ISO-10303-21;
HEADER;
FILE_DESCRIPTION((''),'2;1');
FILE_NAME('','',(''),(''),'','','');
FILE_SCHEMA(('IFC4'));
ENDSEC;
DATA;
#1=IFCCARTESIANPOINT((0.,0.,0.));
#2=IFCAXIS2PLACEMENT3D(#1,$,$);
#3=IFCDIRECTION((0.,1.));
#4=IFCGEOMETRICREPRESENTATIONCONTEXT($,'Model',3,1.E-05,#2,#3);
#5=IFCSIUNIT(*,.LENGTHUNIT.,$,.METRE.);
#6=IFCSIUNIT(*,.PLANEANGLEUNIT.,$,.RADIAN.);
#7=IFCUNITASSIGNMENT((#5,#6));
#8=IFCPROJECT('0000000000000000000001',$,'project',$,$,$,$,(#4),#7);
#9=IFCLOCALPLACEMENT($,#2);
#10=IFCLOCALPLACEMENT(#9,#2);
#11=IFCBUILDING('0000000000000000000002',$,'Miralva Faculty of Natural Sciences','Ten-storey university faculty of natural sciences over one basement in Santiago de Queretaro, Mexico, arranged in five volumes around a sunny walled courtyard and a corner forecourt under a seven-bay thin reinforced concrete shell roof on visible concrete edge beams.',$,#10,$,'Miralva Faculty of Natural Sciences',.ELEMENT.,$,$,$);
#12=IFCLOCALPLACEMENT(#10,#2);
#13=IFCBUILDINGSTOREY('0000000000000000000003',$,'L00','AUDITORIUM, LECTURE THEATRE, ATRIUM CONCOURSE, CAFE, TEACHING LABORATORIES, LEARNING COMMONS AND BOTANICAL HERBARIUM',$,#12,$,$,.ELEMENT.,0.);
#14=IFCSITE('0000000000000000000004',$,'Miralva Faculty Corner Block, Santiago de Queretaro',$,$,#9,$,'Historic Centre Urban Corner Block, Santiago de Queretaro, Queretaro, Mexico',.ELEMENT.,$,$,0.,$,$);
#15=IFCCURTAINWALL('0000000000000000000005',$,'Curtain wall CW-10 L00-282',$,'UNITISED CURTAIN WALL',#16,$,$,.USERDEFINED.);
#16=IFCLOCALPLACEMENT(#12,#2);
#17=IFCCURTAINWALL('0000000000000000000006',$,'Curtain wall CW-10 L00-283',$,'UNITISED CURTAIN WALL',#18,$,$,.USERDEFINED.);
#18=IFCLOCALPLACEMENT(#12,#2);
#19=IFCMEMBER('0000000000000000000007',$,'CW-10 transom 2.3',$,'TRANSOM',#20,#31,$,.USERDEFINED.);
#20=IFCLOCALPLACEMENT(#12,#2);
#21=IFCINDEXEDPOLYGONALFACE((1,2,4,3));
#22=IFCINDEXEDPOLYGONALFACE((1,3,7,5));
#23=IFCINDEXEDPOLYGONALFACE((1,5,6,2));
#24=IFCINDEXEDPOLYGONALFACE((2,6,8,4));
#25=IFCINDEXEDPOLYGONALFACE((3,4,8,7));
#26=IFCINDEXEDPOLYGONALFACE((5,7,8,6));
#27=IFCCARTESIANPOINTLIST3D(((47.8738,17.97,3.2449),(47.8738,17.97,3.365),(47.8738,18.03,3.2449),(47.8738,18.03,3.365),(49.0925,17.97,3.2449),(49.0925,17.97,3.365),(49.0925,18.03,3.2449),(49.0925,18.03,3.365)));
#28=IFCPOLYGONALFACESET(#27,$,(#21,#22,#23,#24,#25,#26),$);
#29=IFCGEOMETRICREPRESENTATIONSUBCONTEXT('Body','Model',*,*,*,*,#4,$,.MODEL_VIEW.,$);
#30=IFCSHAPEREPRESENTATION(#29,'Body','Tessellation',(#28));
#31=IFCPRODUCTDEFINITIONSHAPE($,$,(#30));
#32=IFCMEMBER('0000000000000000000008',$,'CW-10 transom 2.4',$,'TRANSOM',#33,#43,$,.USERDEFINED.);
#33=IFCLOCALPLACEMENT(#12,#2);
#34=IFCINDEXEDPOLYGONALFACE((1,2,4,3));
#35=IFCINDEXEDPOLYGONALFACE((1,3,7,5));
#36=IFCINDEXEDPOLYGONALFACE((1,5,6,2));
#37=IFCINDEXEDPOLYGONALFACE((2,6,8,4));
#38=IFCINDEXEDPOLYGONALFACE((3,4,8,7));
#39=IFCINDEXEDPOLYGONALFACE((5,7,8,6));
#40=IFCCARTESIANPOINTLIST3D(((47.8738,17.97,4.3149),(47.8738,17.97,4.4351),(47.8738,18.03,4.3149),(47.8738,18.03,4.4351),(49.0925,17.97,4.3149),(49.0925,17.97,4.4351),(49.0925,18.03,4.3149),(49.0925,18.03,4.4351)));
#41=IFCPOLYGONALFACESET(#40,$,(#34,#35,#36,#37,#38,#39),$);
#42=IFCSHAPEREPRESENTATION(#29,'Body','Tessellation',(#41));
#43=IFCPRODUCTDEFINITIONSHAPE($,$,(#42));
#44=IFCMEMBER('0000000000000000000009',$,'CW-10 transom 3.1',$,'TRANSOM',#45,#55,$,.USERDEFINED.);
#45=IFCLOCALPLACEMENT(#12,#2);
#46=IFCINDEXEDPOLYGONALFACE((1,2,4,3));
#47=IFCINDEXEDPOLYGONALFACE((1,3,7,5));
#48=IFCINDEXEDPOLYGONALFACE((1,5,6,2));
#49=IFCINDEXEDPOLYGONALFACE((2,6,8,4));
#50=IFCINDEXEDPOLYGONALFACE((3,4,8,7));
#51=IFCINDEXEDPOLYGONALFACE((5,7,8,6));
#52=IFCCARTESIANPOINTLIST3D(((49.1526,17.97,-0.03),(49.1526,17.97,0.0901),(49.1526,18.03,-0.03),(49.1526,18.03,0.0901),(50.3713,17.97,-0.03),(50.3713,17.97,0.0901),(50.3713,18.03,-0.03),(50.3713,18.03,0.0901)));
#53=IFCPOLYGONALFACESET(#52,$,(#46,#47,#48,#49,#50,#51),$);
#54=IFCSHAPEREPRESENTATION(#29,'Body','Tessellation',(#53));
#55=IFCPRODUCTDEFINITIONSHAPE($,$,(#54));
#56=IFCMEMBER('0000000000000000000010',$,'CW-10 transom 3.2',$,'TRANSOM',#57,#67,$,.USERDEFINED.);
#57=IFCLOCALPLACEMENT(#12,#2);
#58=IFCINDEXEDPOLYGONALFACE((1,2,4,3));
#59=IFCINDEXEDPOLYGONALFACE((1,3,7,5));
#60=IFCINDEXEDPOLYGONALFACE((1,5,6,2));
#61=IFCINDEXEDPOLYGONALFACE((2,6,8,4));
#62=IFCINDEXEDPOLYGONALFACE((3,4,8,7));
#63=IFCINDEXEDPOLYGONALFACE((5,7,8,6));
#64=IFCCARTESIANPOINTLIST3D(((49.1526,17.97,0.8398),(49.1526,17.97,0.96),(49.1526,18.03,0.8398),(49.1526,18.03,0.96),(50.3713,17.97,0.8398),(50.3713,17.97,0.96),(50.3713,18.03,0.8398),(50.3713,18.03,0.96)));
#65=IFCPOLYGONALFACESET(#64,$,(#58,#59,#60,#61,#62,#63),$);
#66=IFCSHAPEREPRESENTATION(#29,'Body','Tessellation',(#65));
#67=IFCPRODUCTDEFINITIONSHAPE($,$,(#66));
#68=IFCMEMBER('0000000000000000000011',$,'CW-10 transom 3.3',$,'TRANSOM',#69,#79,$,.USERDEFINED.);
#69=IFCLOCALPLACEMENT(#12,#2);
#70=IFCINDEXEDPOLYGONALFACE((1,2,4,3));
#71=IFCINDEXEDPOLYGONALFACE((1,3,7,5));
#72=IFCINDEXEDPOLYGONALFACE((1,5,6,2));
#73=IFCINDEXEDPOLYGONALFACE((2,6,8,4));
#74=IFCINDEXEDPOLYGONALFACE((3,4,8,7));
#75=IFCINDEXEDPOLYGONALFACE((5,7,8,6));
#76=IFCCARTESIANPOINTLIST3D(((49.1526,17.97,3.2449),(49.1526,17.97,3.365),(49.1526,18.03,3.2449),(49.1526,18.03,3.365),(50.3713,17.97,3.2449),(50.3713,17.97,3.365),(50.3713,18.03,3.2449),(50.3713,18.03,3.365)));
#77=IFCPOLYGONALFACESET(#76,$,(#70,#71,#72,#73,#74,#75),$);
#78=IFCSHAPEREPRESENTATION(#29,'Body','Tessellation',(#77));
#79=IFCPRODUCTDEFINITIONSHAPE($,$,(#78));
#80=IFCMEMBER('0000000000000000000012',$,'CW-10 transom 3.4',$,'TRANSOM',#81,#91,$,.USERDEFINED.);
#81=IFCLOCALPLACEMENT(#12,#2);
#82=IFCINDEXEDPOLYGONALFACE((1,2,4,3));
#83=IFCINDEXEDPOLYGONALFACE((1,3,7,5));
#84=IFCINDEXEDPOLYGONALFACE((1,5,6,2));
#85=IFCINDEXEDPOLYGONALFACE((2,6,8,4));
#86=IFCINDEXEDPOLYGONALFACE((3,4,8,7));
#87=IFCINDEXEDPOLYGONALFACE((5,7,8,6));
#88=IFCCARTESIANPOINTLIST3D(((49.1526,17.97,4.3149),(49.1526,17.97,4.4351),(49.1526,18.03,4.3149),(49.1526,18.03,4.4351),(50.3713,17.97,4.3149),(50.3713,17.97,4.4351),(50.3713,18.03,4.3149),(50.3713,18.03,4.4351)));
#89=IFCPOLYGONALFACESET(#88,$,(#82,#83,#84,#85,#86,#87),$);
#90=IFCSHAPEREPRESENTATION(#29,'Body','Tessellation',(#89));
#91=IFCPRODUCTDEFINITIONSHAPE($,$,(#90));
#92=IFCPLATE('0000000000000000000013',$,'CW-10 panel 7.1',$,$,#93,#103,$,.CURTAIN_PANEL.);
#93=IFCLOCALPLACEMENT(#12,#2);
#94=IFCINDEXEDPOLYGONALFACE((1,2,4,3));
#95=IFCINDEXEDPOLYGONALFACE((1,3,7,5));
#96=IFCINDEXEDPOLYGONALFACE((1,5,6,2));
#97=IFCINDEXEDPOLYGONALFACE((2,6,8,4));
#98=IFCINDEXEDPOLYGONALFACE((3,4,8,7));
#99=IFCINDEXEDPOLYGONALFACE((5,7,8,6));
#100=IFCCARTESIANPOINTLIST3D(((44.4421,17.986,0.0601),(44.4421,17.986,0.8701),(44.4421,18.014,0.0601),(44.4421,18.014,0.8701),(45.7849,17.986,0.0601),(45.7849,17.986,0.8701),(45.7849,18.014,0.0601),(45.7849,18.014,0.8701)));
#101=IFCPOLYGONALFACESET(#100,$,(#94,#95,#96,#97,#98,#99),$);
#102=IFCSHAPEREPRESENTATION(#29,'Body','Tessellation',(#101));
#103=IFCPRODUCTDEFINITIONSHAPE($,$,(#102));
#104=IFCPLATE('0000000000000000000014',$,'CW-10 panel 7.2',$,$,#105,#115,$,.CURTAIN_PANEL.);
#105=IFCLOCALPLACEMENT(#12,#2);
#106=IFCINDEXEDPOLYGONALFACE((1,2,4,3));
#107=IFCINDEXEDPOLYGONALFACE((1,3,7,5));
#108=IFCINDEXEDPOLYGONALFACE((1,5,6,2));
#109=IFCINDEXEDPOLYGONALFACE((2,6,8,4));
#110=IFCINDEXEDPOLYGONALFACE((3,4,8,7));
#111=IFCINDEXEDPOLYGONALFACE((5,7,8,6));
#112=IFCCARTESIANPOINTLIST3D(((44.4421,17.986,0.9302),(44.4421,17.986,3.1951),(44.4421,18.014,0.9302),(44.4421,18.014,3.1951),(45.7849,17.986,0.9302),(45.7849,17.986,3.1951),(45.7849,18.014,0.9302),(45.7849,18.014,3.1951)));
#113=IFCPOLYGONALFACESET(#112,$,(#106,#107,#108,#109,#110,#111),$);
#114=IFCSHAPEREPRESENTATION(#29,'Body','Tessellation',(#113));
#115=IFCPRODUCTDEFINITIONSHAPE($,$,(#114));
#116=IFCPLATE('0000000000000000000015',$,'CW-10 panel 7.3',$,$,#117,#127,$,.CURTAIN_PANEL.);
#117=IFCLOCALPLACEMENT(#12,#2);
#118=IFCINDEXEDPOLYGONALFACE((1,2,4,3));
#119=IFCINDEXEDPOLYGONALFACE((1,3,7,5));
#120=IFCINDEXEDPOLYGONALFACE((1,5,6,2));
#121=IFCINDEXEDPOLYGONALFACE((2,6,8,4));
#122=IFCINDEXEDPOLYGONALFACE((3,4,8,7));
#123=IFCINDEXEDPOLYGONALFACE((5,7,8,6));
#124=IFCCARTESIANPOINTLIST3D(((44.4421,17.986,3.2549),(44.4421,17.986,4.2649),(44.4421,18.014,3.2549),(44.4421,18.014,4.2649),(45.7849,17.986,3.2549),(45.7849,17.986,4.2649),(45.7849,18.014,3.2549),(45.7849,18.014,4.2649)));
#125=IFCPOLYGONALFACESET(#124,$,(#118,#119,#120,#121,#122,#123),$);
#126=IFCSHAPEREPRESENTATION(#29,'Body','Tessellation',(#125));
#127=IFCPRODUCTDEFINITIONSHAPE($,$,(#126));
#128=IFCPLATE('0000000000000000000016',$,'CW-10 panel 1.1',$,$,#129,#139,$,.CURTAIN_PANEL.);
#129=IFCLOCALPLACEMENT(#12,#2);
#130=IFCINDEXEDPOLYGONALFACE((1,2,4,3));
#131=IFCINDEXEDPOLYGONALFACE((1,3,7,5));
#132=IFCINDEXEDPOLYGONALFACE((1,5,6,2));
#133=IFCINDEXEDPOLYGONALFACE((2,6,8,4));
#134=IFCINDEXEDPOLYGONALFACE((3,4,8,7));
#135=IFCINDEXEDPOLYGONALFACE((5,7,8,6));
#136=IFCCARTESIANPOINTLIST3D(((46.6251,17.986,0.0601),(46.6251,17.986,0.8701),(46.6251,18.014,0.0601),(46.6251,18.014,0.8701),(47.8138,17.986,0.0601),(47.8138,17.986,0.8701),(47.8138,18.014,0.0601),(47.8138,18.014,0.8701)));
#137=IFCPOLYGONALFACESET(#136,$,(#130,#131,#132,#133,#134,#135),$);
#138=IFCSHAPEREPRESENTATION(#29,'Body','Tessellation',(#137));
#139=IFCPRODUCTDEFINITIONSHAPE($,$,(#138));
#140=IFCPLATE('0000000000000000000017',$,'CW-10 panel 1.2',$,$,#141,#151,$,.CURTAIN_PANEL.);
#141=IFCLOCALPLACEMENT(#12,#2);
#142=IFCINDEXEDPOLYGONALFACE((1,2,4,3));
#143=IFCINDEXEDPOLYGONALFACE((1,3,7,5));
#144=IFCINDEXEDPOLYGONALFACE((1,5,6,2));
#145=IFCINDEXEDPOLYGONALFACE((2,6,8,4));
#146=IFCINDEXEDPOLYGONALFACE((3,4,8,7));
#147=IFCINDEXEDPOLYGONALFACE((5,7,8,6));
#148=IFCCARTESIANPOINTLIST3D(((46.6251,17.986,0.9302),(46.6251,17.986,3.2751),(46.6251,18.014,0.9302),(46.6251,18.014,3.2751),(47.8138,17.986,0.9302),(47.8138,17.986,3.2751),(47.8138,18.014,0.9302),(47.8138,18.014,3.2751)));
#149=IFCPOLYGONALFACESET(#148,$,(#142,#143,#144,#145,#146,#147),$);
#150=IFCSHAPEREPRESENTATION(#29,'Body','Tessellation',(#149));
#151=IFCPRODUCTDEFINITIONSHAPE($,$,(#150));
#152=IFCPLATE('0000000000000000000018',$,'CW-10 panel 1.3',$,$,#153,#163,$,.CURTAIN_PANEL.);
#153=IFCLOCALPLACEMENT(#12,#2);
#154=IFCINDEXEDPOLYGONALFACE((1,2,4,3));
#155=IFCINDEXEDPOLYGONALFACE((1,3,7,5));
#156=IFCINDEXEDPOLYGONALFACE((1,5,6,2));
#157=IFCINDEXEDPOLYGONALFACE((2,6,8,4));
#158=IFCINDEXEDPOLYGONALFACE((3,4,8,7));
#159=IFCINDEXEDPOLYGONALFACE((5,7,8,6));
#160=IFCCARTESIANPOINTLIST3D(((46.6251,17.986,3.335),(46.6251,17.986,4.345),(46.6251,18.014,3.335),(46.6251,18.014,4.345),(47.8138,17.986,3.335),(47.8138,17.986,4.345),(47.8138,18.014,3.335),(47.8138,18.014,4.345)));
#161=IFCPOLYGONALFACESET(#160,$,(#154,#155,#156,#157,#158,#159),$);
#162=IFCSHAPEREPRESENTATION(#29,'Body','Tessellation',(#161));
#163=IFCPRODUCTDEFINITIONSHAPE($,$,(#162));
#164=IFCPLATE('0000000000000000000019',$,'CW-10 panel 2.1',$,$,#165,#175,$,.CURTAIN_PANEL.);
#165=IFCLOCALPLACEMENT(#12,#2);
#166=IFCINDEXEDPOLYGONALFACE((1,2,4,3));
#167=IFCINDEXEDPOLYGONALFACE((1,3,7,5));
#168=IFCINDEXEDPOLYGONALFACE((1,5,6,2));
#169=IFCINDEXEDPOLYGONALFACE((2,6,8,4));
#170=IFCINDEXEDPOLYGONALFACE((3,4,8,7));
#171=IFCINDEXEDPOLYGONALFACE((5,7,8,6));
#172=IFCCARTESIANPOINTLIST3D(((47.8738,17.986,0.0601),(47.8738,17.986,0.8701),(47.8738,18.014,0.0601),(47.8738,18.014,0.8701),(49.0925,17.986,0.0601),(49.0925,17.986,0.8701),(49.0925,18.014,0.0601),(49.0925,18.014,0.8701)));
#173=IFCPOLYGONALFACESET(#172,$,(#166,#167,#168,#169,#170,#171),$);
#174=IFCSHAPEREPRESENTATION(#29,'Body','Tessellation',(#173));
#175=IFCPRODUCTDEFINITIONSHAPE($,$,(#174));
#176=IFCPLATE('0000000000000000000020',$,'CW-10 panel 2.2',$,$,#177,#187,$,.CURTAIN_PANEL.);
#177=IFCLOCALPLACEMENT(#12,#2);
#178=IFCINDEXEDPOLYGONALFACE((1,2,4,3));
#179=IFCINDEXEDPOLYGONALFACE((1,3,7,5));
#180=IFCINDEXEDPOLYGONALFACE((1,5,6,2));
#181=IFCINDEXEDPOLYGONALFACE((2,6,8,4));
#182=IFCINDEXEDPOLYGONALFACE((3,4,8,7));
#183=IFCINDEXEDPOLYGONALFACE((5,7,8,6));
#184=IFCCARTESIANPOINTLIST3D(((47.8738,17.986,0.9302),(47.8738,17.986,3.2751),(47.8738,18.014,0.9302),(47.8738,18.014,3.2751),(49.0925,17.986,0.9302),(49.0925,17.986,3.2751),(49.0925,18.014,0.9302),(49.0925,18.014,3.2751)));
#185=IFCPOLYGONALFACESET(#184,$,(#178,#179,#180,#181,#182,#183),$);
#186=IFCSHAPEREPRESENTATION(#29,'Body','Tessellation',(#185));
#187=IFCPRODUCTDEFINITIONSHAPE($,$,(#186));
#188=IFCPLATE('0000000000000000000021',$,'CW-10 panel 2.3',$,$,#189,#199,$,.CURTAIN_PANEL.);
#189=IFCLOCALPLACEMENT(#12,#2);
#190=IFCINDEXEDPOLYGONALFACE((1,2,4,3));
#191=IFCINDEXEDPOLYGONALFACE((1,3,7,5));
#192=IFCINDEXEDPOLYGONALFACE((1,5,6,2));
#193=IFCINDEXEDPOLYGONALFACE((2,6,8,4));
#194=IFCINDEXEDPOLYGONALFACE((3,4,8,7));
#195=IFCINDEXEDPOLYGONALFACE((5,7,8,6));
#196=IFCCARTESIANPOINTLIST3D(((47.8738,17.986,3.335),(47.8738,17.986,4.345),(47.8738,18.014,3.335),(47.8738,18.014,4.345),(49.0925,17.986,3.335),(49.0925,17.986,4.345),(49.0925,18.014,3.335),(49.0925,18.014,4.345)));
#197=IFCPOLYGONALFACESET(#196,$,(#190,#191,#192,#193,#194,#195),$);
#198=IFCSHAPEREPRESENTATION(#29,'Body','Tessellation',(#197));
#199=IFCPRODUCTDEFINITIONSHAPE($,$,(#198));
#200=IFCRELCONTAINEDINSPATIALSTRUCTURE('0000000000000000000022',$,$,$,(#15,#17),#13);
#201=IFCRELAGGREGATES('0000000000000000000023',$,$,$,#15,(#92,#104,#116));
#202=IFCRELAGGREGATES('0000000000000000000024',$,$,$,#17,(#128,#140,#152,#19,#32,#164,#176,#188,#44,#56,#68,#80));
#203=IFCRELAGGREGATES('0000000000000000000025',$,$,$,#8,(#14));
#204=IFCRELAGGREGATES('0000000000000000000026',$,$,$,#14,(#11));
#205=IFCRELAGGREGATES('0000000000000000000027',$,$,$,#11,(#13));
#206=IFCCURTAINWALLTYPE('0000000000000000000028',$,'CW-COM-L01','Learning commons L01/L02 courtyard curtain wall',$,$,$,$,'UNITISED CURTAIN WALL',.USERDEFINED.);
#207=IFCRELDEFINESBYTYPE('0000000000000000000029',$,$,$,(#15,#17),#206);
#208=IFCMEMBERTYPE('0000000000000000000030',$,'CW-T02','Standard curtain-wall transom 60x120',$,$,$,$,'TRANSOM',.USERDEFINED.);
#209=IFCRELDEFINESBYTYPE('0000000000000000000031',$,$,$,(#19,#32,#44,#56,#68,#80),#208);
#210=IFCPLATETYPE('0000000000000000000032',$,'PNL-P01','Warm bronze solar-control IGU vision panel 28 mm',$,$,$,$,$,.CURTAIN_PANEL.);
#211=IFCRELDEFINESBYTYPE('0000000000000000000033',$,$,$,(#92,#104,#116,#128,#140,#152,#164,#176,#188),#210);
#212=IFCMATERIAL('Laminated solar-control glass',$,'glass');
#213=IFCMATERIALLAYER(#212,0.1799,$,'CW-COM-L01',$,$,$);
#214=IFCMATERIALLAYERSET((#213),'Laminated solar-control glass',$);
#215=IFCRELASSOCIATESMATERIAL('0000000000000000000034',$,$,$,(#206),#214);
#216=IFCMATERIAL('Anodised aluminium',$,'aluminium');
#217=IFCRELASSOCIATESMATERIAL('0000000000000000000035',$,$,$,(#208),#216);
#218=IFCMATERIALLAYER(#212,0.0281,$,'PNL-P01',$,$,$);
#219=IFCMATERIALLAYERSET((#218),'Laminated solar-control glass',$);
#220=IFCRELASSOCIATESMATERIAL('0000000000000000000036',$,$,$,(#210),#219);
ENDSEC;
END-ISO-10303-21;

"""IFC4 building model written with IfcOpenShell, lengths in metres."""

from ifc_helpers import new_model, si_unit, direction, frame, origin, origin_2d, place, context, subcontext, project, spatial, rectangle, extrude, material, layer, layer_set, material_profile, profile_set, type_object, element, aggregate, save


model = new_model("IFC4")

# Units and contexts
model_context = context("Model", 3, precision=1e-05, world=origin(), true_north=direction((0.0, 1.0)))
body_context = subcontext(model_context, "Body", "Model", "MODEL_VIEW")
ifc_project = project(units=[si_unit("LENGTHUNIT", "METRE"), si_unit("PLANEANGLEUNIT", "RADIAN")], contexts=[model_context])

# Site, building, storey
site_placement = place(None, origin())
site = spatial("IfcSite", under=ifc_project, at=site_placement, Name="Miralva Faculty Corner Block, Santiago de Queretaro", LongName="Historic Centre Urban Corner Block, Santiago de Queretaro, Queretaro, Mexico", CompositionType="ELEMENT", RefElevation=0.0)
building_placement = place(site_placement, origin())
building = spatial("IfcBuilding", under=site, at=building_placement, Name="Miralva Faculty of Natural Sciences", Description="Ten-storey university faculty of natural sciences over one basement in Santiago de Queretaro, Mexico, arranged in five volumes around a sunny walled courtyard and a corner forecourt under a seven-bay thin reinforced concrete shell roof on visible concrete edge beams.", LongName="Miralva Faculty of Natural Sciences", CompositionType="ELEMENT")
storey_placement = place(building_placement, origin())
storey = spatial("IfcBuildingStorey", under=building, at=storey_placement, Name="L00", Description="AUDITORIUM, LECTURE THEATRE, ATRIUM CONCOURSE, CAFE, TEACHING LABORATORIES, LEARNING COMMONS AND BOTANICAL HERBARIUM", CompositionType="ELEMENT", Elevation=0.0)

# Curtain wall
ifc_material_1 = material(Name="Laminated solar-control glass", Category="glass")
ifc_layer_1 = layer(ifc_material_1, 0.1799, Name="CW-COM-L01")
ifc_layer_set_1 = layer_set([ifc_layer_1], Name="Laminated solar-control glass")
curtain_wall_type = type_object("IfcCurtainWallType", Name="CW-COM-L01", Description="Learning commons L01/L02 courtyard curtain wall", ElementType="UNITISED CURTAIN WALL", PredefinedType="USERDEFINED", material=ifc_layer_set_1)
curtain_wall_1_placement = place(storey_placement, origin())
curtain_wall_1 = element("IfcCurtainWall", 1, at=curtain_wall_1_placement, inside=storey, type_object=curtain_wall_type, Name="Curtain wall CW-10 L00-282", ObjectType="UNITISED CURTAIN WALL", PredefinedType="USERDEFINED")
ifc_material_2 = material(Name="Anodised aluminium", Category="aluminium")

# Curtain wall
curtain_wall_2_placement = place(storey_placement, origin())
curtain_wall_2 = element("IfcCurtainWall", 2, at=curtain_wall_2_placement, inside=storey, type_object=curtain_wall_type, Name="Curtain wall CW-10 L00-283", ObjectType="UNITISED CURTAIN WALL", PredefinedType="USERDEFINED")

# Members
ifc_material_profile_1 = material_profile(ifc_material_2, rectangle(XDim=0.0601, YDim=0.1201, at=origin_2d()), Name="TRANSOM 60x120")
ifc_profile_set_1 = profile_set([ifc_material_profile_1], Name="Anodised aluminium")
member_type_1 = type_object("IfcMemberType", Name="CW-T02", Description="Standard curtain-wall transom 60x120", ElementType="TRANSOM", PredefinedType="USERDEFINED", material=ifc_profile_set_1)
member_1_placement = place(storey_placement, frame((47.8738, 18.0, 3.3049), z_axis=(1.0, 0.0, 0.0), x_axis=(0.0, 1.0, 0.0)))
member_1 = element("IfcMember", 3, at=member_1_placement, type_object=member_type_1, Name="CW-10 transom 2.3", ObjectType="TRANSOM", PredefinedType="USERDEFINED", context=body_context, shape_type="SweptSolid", body=[
    extrude(rectangle(XDim=0.0601, YDim=0.1201, at=origin_2d()), origin(), (0.0, 0.0, 1.0), 1.2188),
])
member_2_placement = place(storey_placement, frame((47.8738, 18.0, 4.375), z_axis=(1.0, 0.0, 0.0), x_axis=(0.0, 1.0, 0.0)))
member_2 = element("IfcMember", 4, at=member_2_placement, type_object=member_type_1, Name="CW-10 transom 2.4", ObjectType="TRANSOM", PredefinedType="USERDEFINED", context=body_context, shape_type="SweptSolid", body=[
    extrude(rectangle(XDim=0.0601, YDim=0.1201, at=origin_2d()), origin(), (0.0, 0.0, 1.0), 1.2188),
])
member_3_placement = place(storey_placement, frame((49.1526, 18.0, 0.03), z_axis=(1.0, 0.0, 0.0), x_axis=(0.0, 1.0, 0.0)))
member_3 = element("IfcMember", 5, at=member_3_placement, type_object=member_type_1, Name="CW-10 transom 3.1", ObjectType="TRANSOM", PredefinedType="USERDEFINED", context=body_context, shape_type="SweptSolid", body=[
    extrude(rectangle(XDim=0.0601, YDim=0.1201, at=origin_2d()), origin(), (0.0, 0.0, 1.0), 1.2188),
])
member_4_placement = place(storey_placement, frame((49.1526, 18.0, 0.8999), z_axis=(1.0, 0.0, 0.0), x_axis=(0.0, 1.0, 0.0)))
member_4 = element("IfcMember", 6, at=member_4_placement, type_object=member_type_1, Name="CW-10 transom 3.2", ObjectType="TRANSOM", PredefinedType="USERDEFINED", context=body_context, shape_type="SweptSolid", body=[
    extrude(rectangle(XDim=0.0601, YDim=0.1201, at=origin_2d()), origin(), (0.0, 0.0, 1.0), 1.2188),
])
member_5_placement = place(storey_placement, frame((49.1526, 18.0, 3.3049), z_axis=(1.0, 0.0, 0.0), x_axis=(0.0, 1.0, 0.0)))
member_5 = element("IfcMember", 7, at=member_5_placement, type_object=member_type_1, Name="CW-10 transom 3.3", ObjectType="TRANSOM", PredefinedType="USERDEFINED", context=body_context, shape_type="SweptSolid", body=[
    extrude(rectangle(XDim=0.0601, YDim=0.1201, at=origin_2d()), origin(), (0.0, 0.0, 1.0), 1.2188),
])
member_6_placement = place(storey_placement, frame((49.1526, 18.0, 4.375), z_axis=(1.0, 0.0, 0.0), x_axis=(0.0, 1.0, 0.0)))
member_6 = element("IfcMember", 8, at=member_6_placement, type_object=member_type_1, Name="CW-10 transom 3.4", ObjectType="TRANSOM", PredefinedType="USERDEFINED", context=body_context, shape_type="SweptSolid", body=[
    extrude(rectangle(XDim=0.0601, YDim=0.1201, at=origin_2d()), origin(), (0.0, 0.0, 1.0), 1.2188),
])

# Plates
ifc_layer_2 = layer(ifc_material_1, 0.0281, Name="PNL-P01")
ifc_layer_set_2 = layer_set([ifc_layer_2], Name="Laminated solar-control glass")
plate_type = type_object("IfcPlateType", Name="PNL-P01", Description="Warm bronze solar-control IGU vision panel 28 mm", PredefinedType="CURTAIN_PANEL", material=ifc_layer_set_2)
plate_1_placement = place(storey_placement, frame((45.1135, 18.0, 0.0601), z_axis=(0.0, 0.0, 1.0), x_axis=(1.0, 0.0, 0.0)))
plate_1 = element("IfcPlate", 9, at=plate_1_placement, type_object=plate_type, Name="CW-10 panel 7.1", PredefinedType="CURTAIN_PANEL", context=body_context, shape_type="SweptSolid", body=[
    extrude(rectangle(XDim=1.3428, YDim=0.0281, at=origin_2d()), origin(), (0.0, 0.0, 1.0), 0.8101),
])
plate_2_placement = place(storey_placement, frame((45.1135, 18.0, 0.9302), z_axis=(0.0, 0.0, 1.0), x_axis=(1.0, 0.0, 0.0)))
plate_2 = element("IfcPlate", 10, at=plate_2_placement, type_object=plate_type, Name="CW-10 panel 7.2", PredefinedType="CURTAIN_PANEL", context=body_context, shape_type="SweptSolid", body=[
    extrude(rectangle(XDim=1.3428, YDim=0.0281, at=origin_2d()), origin(), (0.0, 0.0, 1.0), 2.2649),
])
plate_3_placement = place(storey_placement, frame((45.1135, 18.0, 3.2549), z_axis=(0.0, 0.0, 1.0), x_axis=(1.0, 0.0, 0.0)))
plate_3 = element("IfcPlate", 11, at=plate_3_placement, type_object=plate_type, Name="CW-10 panel 7.3", PredefinedType="CURTAIN_PANEL", context=body_context, shape_type="SweptSolid", body=[
    extrude(rectangle(XDim=1.3428, YDim=0.0281, at=origin_2d()), origin(), (0.0, 0.0, 1.0), 1.01),
])
aggregate(curtain_wall_1, [plate_1, plate_2, plate_3])
plate_4_placement = place(storey_placement, frame((47.2195, 18.0, 0.0601), z_axis=(0.0, 0.0, 1.0), x_axis=(1.0, 0.0, 0.0)))
plate_4 = element("IfcPlate", 12, at=plate_4_placement, type_object=plate_type, Name="CW-10 panel 1.1", PredefinedType="CURTAIN_PANEL", context=body_context, shape_type="SweptSolid", body=[
    extrude(rectangle(XDim=1.1887, YDim=0.0281, at=origin_2d()), origin(), (0.0, 0.0, 1.0), 0.8101),
])
plate_5_placement = place(storey_placement, frame((47.2195, 18.0, 0.9302), z_axis=(0.0, 0.0, 1.0), x_axis=(1.0, 0.0, 0.0)))
plate_5 = element("IfcPlate", 13, at=plate_5_placement, type_object=plate_type, Name="CW-10 panel 1.2", PredefinedType="CURTAIN_PANEL", context=body_context, shape_type="SweptSolid", body=[
    extrude(rectangle(XDim=1.1887, YDim=0.0281, at=origin_2d()), origin(), (0.0, 0.0, 1.0), 2.345),
])
plate_6_placement = place(storey_placement, frame((47.2195, 18.0, 3.335), z_axis=(0.0, 0.0, 1.0), x_axis=(1.0, 0.0, 0.0)))
plate_6 = element("IfcPlate", 14, at=plate_6_placement, type_object=plate_type, Name="CW-10 panel 1.3", PredefinedType="CURTAIN_PANEL", context=body_context, shape_type="SweptSolid", body=[
    extrude(rectangle(XDim=1.1887, YDim=0.0281, at=origin_2d()), origin(), (0.0, 0.0, 1.0), 1.01),
])
plate_7_placement = place(storey_placement, frame((48.4832, 18.0, 0.0601), z_axis=(0.0, 0.0, 1.0), x_axis=(1.0, 0.0, 0.0)))
plate_7 = element("IfcPlate", 15, at=plate_7_placement, type_object=plate_type, Name="CW-10 panel 2.1", PredefinedType="CURTAIN_PANEL", context=body_context, shape_type="SweptSolid", body=[
    extrude(rectangle(XDim=1.2188, YDim=0.0281, at=origin_2d()), origin(), (0.0, 0.0, 1.0), 0.8101),
])
plate_8_placement = place(storey_placement, frame((48.4832, 18.0, 0.9302), z_axis=(0.0, 0.0, 1.0), x_axis=(1.0, 0.0, 0.0)))
plate_8 = element("IfcPlate", 16, at=plate_8_placement, type_object=plate_type, Name="CW-10 panel 2.2", PredefinedType="CURTAIN_PANEL", context=body_context, shape_type="SweptSolid", body=[
    extrude(rectangle(XDim=1.2188, YDim=0.0281, at=origin_2d()), origin(), (0.0, 0.0, 1.0), 2.345),
])
plate_9_placement = place(storey_placement, frame((48.4832, 18.0, 3.335), z_axis=(0.0, 0.0, 1.0), x_axis=(1.0, 0.0, 0.0)))
plate_9 = element("IfcPlate", 17, at=plate_9_placement, type_object=plate_type, Name="CW-10 panel 2.3", PredefinedType="CURTAIN_PANEL", context=body_context, shape_type="SweptSolid", body=[
    extrude(rectangle(XDim=1.2188, YDim=0.0281, at=origin_2d()), origin(), (0.0, 0.0, 1.0), 1.01),
])
aggregate(curtain_wall_2, [plate_4, plate_5, plate_6, member_1, member_2, plate_7, plate_8, plate_9, member_3, member_4, member_5, member_6])

save(model, "model.ifc")
